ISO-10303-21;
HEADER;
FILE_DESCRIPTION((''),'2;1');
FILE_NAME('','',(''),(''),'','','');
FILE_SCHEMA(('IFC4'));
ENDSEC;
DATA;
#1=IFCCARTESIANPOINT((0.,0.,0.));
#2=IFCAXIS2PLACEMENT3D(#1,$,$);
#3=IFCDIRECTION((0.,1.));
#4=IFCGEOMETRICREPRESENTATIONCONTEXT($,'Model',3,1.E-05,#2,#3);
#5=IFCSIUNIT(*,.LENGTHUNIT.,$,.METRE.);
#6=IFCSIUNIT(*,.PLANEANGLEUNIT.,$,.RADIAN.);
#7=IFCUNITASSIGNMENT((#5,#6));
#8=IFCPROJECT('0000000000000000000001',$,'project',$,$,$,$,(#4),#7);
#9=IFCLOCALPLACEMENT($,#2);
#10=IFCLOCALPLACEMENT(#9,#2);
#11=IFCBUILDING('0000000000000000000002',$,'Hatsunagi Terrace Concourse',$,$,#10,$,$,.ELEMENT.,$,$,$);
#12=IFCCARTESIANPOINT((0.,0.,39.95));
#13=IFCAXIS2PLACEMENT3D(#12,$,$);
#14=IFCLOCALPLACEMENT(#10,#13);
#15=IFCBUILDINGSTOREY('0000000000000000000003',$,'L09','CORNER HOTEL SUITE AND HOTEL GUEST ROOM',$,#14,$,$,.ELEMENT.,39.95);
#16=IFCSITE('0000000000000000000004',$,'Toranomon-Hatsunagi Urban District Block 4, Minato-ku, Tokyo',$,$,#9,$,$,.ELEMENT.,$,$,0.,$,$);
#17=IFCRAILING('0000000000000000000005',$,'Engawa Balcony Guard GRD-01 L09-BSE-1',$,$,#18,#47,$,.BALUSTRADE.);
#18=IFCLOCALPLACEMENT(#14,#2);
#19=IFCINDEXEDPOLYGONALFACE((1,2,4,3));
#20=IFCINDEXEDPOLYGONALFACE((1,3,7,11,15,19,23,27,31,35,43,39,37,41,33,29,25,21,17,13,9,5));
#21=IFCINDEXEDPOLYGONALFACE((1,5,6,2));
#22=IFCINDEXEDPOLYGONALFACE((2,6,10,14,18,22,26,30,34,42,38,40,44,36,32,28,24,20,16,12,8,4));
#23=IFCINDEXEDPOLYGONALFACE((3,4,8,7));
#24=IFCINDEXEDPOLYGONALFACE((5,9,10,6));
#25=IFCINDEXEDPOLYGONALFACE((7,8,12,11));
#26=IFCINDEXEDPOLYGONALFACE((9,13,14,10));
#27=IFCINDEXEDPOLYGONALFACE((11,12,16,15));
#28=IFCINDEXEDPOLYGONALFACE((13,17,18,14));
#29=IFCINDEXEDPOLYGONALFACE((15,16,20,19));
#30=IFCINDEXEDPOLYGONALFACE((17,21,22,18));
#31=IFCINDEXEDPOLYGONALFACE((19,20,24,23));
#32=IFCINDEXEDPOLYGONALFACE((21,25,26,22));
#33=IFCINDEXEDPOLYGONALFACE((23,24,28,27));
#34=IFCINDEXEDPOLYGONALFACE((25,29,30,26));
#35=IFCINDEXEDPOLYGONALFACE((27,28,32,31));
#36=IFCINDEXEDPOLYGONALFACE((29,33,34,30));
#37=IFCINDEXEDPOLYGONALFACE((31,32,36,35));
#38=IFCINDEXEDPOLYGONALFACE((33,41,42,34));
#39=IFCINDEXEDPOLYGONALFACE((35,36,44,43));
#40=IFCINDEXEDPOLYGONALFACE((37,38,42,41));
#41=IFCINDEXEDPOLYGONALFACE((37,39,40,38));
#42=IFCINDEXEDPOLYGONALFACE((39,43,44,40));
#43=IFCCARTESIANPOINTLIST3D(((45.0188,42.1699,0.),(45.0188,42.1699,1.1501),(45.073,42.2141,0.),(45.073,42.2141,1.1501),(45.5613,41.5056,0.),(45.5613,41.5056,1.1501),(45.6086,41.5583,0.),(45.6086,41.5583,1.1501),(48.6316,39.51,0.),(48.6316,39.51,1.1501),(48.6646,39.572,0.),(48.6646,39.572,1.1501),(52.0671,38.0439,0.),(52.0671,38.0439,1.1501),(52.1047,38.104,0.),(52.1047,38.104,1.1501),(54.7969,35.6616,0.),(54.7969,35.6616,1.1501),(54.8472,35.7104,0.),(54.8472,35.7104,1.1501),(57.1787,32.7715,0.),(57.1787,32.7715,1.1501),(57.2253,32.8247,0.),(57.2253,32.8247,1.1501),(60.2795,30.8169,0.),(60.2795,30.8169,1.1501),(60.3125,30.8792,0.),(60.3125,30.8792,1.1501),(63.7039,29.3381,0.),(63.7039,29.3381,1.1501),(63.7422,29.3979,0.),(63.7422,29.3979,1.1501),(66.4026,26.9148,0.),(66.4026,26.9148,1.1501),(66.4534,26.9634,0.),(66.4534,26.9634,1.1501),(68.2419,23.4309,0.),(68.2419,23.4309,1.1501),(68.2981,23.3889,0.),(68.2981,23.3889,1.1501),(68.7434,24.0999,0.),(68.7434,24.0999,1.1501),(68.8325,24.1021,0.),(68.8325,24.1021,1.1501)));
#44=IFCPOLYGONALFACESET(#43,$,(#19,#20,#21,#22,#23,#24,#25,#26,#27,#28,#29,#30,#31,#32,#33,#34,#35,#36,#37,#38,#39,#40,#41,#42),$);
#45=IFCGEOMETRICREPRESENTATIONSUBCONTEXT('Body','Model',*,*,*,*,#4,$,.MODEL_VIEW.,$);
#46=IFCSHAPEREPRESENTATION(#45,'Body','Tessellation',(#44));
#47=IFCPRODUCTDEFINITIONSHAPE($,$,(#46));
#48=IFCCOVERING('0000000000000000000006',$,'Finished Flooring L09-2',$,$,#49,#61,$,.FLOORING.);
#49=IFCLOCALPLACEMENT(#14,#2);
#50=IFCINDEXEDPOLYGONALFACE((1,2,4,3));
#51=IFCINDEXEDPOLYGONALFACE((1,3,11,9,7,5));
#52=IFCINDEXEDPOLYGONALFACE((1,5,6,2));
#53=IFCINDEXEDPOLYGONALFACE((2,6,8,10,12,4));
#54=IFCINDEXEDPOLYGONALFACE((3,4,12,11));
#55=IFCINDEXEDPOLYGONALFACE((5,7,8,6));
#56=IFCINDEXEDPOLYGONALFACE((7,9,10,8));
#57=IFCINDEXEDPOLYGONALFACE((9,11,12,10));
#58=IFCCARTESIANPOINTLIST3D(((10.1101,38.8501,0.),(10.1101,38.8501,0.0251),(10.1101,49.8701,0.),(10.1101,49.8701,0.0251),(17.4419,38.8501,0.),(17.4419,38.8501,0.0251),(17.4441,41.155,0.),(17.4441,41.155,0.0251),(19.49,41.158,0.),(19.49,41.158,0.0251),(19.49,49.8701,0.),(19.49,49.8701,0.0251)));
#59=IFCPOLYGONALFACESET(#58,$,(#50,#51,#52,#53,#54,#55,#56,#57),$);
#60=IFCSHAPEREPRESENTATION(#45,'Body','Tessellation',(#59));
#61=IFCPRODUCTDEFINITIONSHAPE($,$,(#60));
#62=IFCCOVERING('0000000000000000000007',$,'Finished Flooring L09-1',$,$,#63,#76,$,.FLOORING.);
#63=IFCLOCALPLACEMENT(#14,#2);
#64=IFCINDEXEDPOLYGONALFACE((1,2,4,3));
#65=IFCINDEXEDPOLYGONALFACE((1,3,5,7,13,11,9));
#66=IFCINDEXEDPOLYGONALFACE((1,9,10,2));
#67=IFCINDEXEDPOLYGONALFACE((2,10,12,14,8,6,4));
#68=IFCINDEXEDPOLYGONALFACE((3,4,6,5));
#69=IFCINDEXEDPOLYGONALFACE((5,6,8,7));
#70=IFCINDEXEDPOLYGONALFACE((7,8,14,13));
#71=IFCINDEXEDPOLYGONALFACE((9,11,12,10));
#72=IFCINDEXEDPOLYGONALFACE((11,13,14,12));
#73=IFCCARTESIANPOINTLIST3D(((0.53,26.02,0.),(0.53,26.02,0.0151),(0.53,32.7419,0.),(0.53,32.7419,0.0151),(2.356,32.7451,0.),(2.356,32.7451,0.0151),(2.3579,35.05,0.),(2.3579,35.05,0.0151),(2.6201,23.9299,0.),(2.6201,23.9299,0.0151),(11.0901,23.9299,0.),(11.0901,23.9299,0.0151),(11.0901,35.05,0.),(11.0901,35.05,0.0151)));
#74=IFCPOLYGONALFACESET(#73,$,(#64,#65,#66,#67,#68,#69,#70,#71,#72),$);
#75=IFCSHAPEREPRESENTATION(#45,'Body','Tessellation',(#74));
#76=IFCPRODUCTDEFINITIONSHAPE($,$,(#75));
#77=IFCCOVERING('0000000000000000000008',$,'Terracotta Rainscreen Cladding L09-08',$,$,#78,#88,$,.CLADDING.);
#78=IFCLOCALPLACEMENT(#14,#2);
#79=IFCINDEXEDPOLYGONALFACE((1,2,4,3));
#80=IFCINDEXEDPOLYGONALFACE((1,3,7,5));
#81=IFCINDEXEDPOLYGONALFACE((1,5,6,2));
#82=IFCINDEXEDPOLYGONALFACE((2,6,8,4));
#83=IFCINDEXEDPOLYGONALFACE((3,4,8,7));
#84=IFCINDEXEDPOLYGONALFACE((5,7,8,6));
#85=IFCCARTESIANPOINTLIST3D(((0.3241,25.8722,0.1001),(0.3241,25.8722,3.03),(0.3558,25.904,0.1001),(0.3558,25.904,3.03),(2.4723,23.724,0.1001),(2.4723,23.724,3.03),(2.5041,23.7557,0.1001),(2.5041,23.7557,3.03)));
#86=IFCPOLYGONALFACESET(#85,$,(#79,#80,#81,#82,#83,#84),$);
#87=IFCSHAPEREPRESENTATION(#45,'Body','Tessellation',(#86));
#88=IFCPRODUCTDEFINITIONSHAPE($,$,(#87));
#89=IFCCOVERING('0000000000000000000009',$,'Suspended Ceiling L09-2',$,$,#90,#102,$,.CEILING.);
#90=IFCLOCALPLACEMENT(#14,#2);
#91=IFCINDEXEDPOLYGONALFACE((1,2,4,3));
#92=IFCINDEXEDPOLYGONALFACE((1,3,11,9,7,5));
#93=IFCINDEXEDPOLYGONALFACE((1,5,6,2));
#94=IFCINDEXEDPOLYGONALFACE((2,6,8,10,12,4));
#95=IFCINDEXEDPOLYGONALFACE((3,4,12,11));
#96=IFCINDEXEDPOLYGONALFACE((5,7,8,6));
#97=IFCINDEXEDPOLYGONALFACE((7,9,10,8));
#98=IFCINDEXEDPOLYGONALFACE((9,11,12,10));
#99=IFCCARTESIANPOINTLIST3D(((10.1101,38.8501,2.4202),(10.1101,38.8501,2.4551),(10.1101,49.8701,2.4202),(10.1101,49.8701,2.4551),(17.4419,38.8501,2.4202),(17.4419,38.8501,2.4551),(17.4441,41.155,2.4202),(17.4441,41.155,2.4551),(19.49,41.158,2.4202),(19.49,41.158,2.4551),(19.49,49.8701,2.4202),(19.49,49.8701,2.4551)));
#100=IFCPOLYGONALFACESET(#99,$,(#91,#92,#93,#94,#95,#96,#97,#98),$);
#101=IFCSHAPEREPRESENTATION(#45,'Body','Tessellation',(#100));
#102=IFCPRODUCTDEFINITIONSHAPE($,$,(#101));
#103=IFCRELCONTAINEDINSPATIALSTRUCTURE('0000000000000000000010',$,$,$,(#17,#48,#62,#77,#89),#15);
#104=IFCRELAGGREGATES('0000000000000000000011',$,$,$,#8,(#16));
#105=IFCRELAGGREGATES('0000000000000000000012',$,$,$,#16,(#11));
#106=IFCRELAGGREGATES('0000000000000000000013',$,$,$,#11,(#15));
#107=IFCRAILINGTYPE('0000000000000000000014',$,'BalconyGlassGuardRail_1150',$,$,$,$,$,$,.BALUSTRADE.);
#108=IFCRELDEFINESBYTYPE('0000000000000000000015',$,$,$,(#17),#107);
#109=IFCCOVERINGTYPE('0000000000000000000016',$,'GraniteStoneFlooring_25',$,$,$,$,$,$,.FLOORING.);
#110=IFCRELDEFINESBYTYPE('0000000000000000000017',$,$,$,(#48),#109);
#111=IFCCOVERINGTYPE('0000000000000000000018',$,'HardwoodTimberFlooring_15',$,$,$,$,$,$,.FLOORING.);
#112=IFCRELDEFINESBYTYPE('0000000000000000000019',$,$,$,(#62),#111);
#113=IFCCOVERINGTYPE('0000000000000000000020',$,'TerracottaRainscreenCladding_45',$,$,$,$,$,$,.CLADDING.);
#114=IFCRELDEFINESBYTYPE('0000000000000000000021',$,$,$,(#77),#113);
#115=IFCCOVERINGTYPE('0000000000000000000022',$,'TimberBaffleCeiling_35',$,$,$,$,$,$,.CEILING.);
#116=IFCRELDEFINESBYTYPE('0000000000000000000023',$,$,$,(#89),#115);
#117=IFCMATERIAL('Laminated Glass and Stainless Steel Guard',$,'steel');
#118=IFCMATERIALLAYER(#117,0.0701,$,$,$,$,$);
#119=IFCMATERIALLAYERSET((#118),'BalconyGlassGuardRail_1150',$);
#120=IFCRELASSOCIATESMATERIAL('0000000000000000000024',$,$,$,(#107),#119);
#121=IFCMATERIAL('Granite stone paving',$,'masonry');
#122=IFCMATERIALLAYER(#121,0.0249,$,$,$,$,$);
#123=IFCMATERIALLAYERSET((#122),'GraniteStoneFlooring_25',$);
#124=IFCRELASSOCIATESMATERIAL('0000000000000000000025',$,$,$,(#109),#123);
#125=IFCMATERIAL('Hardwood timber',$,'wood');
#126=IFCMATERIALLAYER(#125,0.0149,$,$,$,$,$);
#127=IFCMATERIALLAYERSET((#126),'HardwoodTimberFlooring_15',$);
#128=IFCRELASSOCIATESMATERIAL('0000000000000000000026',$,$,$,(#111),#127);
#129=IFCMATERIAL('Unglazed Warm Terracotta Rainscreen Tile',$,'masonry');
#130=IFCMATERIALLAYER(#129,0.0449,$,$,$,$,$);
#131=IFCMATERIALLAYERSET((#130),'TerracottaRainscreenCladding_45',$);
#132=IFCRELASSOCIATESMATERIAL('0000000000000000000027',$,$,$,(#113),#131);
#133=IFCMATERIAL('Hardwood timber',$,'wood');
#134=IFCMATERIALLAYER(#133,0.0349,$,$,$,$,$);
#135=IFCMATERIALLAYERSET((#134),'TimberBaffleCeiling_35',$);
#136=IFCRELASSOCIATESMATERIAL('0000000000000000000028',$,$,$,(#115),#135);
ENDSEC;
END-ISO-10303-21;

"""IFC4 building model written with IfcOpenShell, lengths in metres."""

from ifc_helpers import new_model, si_unit, direction, frame, origin, origin_2d, place, context, subcontext, project, spatial, polyline, rectangle, outline, extrude, material, layer, layer_set, type_object, element, save


model = new_model("IFC4")

# Units and contexts
model_context = context("Model", 3, precision=1e-05, world=origin(), true_north=direction((0.0, 1.0)))
body_context = subcontext(model_context, "Body", "Model", "MODEL_VIEW")
ifc_project = project(units=[si_unit("LENGTHUNIT", "METRE"), si_unit("PLANEANGLEUNIT", "RADIAN")], contexts=[model_context])

# Site, building, storey
site_placement = place(None, origin())
site = spatial("IfcSite", under=ifc_project, at=site_placement, Name="Toranomon-Hatsunagi Urban District Block 4, Minato-ku, Tokyo", CompositionType="ELEMENT", RefElevation=0.0)
building_placement = place(site_placement, origin())
building = spatial("IfcBuilding", under=site, at=building_placement, Name="Hatsunagi Terrace Concourse", CompositionType="ELEMENT")
storey_placement = place(building_placement, frame((0.0, 0.0, 39.95)))
storey = spatial("IfcBuildingStorey", under=building, at=storey_placement, Name="L09", Description="CORNER HOTEL SUITE AND HOTEL GUEST ROOM", CompositionType="ELEMENT", Elevation=39.95)

# Railing
ifc_material_1 = material(Name="Laminated Glass and Stainless Steel Guard", Category="steel")
ifc_layer_1 = layer(ifc_material_1, 0.0701)
ifc_layer_set_1 = layer_set([ifc_layer_1], Name="BalconyGlassGuardRail_1150")
railing_type = type_object("IfcRailingType", Name="BalconyGlassGuardRail_1150", PredefinedType="BALUSTRADE", material=ifc_layer_set_1)
railing_1_placement = place(storey_placement, origin())
element("IfcRailing", 1, at=railing_1_placement, inside=storey, type_object=railing_type, Name="Engawa Balcony Guard GRD-01 L09-BSE-1", PredefinedType="BALUSTRADE", context=body_context, shape_type="SweptSolid", body=[
    extrude(outline(polyline([(45.073, 42.2141), (45.0188, 42.1699), (45.5613, 41.5056), (48.6316, 39.51), (52.0671, 38.0439), (54.7969, 35.6616), (57.1787, 32.7715), (60.2795, 30.8169), (63.7039, 29.3381), (66.4026, 26.9148), (68.7434, 24.0999), (68.2419, 23.4309), (68.2981, 23.3889), (68.8325, 24.1021), (66.4534, 26.9634), (63.7422, 29.3979), (60.3125, 30.8792), (57.2253, 32.8247), (54.8472, 35.7104), (52.1047, 38.104), (48.6646, 39.572), (45.6086, 41.5583), (45.073, 42.2141)])), origin(), (0.0, 0.0, 1.0), 1.1501),
])

# Coverings
ifc_material_2 = material(Name="Granite stone paving", Category="masonry")
ifc_layer_2 = layer(ifc_material_2, 0.0249)
ifc_layer_set_2 = layer_set([ifc_layer_2], Name="GraniteStoneFlooring_25")
covering_type_1 = type_object("IfcCoveringType", Name="GraniteStoneFlooring_25", PredefinedType="FLOORING", material=ifc_layer_set_2)
covering_1_placement = place(storey_placement, origin())
element("IfcCovering", 2, at=covering_1_placement, inside=storey, type_object=covering_type_1, Name="Finished Flooring L09-2", PredefinedType="FLOORING", context=body_context, shape_type="SweptSolid", body=[
    extrude(outline(polyline([(10.1101, 49.8701), (10.1101, 38.8501), (17.4419, 38.8501), (17.4441, 41.155), (19.49, 41.158), (19.49, 49.8701), (10.1101, 49.8701)])), origin(), (0.0, 0.0, 1.0), 0.0251),
])
ifc_material_3 = material(Name="Hardwood timber", Category="wood")
ifc_layer_3 = layer(ifc_material_3, 0.0149)
ifc_layer_set_3 = layer_set([ifc_layer_3], Name="HardwoodTimberFlooring_15")
covering_type_2 = type_object("IfcCoveringType", Name="HardwoodTimberFlooring_15", PredefinedType="FLOORING", material=ifc_layer_set_3)
covering_2_placement = place(storey_placement, origin())
element("IfcCovering", 3, at=covering_2_placement, inside=storey, type_object=covering_type_2, Name="Finished Flooring L09-1", PredefinedType="FLOORING", context=body_context, shape_type="SweptSolid", body=[
    extrude(outline(polyline([(2.6201, 23.9299), (11.0901, 23.9299), (11.0901, 35.05), (2.3579, 35.05), (2.356, 32.7451), (0.53, 32.7419), (0.53, 26.02), (2.6201, 23.9299)])), origin(), (0.0, 0.0, 1.0), 0.0151),
])
ifc_material_4 = material(Name="Unglazed Warm Terracotta Rainscreen Tile", Category="masonry")
ifc_layer_4 = layer(ifc_material_4, 0.0449)
ifc_layer_set_4 = layer_set([ifc_layer_4], Name="TerracottaRainscreenCladding_45")
covering_type_3 = type_object("IfcCoveringType", Name="TerracottaRainscreenCladding_45", PredefinedType="CLADDING", material=ifc_layer_set_4)
covering_3_placement = place(storey_placement, frame((1.4141, 24.814, 0.1001), z_axis=(0.0, 0.0, 1.0), x_axis=(-0.707107, 0.707107, 0.0)))
element("IfcCovering", 4, at=covering_3_placement, inside=storey, type_object=covering_type_3, Name="Terracotta Rainscreen Cladding L09-08", PredefinedType="CLADDING", context=body_context, shape_type="SweptSolid", body=[
    extrude(rectangle(XDim=3.0381, YDim=0.0449, at=origin_2d()), origin(), (0.0, 0.0, 1.0), 2.9299),
])
ifc_material_5 = material(Name="Hardwood timber", Category="wood")
ifc_layer_5 = layer(ifc_material_5, 0.0349)
ifc_layer_set_5 = layer_set([ifc_layer_5], Name="TimberBaffleCeiling_35")
covering_type_4 = type_object("IfcCoveringType", Name="TimberBaffleCeiling_35", PredefinedType="CEILING", material=ifc_layer_set_5)
covering_4_placement = place(storey_placement, frame((0.0, 0.0, 2.4202)))
element("IfcCovering", 5, at=covering_4_placement, inside=storey, type_object=covering_type_4, Name="Suspended Ceiling L09-2", PredefinedType="CEILING", context=body_context, shape_type="SweptSolid", body=[
    extrude(outline(polyline([(10.1101, 49.8701), (10.1101, 38.8501), (17.4419, 38.8501), (17.4441, 41.155), (19.49, 41.158), (19.49, 49.8701), (10.1101, 49.8701)])), origin(), (0.0, 0.0, 1.0), 0.0349),
])

save(model, "model.ifc")
